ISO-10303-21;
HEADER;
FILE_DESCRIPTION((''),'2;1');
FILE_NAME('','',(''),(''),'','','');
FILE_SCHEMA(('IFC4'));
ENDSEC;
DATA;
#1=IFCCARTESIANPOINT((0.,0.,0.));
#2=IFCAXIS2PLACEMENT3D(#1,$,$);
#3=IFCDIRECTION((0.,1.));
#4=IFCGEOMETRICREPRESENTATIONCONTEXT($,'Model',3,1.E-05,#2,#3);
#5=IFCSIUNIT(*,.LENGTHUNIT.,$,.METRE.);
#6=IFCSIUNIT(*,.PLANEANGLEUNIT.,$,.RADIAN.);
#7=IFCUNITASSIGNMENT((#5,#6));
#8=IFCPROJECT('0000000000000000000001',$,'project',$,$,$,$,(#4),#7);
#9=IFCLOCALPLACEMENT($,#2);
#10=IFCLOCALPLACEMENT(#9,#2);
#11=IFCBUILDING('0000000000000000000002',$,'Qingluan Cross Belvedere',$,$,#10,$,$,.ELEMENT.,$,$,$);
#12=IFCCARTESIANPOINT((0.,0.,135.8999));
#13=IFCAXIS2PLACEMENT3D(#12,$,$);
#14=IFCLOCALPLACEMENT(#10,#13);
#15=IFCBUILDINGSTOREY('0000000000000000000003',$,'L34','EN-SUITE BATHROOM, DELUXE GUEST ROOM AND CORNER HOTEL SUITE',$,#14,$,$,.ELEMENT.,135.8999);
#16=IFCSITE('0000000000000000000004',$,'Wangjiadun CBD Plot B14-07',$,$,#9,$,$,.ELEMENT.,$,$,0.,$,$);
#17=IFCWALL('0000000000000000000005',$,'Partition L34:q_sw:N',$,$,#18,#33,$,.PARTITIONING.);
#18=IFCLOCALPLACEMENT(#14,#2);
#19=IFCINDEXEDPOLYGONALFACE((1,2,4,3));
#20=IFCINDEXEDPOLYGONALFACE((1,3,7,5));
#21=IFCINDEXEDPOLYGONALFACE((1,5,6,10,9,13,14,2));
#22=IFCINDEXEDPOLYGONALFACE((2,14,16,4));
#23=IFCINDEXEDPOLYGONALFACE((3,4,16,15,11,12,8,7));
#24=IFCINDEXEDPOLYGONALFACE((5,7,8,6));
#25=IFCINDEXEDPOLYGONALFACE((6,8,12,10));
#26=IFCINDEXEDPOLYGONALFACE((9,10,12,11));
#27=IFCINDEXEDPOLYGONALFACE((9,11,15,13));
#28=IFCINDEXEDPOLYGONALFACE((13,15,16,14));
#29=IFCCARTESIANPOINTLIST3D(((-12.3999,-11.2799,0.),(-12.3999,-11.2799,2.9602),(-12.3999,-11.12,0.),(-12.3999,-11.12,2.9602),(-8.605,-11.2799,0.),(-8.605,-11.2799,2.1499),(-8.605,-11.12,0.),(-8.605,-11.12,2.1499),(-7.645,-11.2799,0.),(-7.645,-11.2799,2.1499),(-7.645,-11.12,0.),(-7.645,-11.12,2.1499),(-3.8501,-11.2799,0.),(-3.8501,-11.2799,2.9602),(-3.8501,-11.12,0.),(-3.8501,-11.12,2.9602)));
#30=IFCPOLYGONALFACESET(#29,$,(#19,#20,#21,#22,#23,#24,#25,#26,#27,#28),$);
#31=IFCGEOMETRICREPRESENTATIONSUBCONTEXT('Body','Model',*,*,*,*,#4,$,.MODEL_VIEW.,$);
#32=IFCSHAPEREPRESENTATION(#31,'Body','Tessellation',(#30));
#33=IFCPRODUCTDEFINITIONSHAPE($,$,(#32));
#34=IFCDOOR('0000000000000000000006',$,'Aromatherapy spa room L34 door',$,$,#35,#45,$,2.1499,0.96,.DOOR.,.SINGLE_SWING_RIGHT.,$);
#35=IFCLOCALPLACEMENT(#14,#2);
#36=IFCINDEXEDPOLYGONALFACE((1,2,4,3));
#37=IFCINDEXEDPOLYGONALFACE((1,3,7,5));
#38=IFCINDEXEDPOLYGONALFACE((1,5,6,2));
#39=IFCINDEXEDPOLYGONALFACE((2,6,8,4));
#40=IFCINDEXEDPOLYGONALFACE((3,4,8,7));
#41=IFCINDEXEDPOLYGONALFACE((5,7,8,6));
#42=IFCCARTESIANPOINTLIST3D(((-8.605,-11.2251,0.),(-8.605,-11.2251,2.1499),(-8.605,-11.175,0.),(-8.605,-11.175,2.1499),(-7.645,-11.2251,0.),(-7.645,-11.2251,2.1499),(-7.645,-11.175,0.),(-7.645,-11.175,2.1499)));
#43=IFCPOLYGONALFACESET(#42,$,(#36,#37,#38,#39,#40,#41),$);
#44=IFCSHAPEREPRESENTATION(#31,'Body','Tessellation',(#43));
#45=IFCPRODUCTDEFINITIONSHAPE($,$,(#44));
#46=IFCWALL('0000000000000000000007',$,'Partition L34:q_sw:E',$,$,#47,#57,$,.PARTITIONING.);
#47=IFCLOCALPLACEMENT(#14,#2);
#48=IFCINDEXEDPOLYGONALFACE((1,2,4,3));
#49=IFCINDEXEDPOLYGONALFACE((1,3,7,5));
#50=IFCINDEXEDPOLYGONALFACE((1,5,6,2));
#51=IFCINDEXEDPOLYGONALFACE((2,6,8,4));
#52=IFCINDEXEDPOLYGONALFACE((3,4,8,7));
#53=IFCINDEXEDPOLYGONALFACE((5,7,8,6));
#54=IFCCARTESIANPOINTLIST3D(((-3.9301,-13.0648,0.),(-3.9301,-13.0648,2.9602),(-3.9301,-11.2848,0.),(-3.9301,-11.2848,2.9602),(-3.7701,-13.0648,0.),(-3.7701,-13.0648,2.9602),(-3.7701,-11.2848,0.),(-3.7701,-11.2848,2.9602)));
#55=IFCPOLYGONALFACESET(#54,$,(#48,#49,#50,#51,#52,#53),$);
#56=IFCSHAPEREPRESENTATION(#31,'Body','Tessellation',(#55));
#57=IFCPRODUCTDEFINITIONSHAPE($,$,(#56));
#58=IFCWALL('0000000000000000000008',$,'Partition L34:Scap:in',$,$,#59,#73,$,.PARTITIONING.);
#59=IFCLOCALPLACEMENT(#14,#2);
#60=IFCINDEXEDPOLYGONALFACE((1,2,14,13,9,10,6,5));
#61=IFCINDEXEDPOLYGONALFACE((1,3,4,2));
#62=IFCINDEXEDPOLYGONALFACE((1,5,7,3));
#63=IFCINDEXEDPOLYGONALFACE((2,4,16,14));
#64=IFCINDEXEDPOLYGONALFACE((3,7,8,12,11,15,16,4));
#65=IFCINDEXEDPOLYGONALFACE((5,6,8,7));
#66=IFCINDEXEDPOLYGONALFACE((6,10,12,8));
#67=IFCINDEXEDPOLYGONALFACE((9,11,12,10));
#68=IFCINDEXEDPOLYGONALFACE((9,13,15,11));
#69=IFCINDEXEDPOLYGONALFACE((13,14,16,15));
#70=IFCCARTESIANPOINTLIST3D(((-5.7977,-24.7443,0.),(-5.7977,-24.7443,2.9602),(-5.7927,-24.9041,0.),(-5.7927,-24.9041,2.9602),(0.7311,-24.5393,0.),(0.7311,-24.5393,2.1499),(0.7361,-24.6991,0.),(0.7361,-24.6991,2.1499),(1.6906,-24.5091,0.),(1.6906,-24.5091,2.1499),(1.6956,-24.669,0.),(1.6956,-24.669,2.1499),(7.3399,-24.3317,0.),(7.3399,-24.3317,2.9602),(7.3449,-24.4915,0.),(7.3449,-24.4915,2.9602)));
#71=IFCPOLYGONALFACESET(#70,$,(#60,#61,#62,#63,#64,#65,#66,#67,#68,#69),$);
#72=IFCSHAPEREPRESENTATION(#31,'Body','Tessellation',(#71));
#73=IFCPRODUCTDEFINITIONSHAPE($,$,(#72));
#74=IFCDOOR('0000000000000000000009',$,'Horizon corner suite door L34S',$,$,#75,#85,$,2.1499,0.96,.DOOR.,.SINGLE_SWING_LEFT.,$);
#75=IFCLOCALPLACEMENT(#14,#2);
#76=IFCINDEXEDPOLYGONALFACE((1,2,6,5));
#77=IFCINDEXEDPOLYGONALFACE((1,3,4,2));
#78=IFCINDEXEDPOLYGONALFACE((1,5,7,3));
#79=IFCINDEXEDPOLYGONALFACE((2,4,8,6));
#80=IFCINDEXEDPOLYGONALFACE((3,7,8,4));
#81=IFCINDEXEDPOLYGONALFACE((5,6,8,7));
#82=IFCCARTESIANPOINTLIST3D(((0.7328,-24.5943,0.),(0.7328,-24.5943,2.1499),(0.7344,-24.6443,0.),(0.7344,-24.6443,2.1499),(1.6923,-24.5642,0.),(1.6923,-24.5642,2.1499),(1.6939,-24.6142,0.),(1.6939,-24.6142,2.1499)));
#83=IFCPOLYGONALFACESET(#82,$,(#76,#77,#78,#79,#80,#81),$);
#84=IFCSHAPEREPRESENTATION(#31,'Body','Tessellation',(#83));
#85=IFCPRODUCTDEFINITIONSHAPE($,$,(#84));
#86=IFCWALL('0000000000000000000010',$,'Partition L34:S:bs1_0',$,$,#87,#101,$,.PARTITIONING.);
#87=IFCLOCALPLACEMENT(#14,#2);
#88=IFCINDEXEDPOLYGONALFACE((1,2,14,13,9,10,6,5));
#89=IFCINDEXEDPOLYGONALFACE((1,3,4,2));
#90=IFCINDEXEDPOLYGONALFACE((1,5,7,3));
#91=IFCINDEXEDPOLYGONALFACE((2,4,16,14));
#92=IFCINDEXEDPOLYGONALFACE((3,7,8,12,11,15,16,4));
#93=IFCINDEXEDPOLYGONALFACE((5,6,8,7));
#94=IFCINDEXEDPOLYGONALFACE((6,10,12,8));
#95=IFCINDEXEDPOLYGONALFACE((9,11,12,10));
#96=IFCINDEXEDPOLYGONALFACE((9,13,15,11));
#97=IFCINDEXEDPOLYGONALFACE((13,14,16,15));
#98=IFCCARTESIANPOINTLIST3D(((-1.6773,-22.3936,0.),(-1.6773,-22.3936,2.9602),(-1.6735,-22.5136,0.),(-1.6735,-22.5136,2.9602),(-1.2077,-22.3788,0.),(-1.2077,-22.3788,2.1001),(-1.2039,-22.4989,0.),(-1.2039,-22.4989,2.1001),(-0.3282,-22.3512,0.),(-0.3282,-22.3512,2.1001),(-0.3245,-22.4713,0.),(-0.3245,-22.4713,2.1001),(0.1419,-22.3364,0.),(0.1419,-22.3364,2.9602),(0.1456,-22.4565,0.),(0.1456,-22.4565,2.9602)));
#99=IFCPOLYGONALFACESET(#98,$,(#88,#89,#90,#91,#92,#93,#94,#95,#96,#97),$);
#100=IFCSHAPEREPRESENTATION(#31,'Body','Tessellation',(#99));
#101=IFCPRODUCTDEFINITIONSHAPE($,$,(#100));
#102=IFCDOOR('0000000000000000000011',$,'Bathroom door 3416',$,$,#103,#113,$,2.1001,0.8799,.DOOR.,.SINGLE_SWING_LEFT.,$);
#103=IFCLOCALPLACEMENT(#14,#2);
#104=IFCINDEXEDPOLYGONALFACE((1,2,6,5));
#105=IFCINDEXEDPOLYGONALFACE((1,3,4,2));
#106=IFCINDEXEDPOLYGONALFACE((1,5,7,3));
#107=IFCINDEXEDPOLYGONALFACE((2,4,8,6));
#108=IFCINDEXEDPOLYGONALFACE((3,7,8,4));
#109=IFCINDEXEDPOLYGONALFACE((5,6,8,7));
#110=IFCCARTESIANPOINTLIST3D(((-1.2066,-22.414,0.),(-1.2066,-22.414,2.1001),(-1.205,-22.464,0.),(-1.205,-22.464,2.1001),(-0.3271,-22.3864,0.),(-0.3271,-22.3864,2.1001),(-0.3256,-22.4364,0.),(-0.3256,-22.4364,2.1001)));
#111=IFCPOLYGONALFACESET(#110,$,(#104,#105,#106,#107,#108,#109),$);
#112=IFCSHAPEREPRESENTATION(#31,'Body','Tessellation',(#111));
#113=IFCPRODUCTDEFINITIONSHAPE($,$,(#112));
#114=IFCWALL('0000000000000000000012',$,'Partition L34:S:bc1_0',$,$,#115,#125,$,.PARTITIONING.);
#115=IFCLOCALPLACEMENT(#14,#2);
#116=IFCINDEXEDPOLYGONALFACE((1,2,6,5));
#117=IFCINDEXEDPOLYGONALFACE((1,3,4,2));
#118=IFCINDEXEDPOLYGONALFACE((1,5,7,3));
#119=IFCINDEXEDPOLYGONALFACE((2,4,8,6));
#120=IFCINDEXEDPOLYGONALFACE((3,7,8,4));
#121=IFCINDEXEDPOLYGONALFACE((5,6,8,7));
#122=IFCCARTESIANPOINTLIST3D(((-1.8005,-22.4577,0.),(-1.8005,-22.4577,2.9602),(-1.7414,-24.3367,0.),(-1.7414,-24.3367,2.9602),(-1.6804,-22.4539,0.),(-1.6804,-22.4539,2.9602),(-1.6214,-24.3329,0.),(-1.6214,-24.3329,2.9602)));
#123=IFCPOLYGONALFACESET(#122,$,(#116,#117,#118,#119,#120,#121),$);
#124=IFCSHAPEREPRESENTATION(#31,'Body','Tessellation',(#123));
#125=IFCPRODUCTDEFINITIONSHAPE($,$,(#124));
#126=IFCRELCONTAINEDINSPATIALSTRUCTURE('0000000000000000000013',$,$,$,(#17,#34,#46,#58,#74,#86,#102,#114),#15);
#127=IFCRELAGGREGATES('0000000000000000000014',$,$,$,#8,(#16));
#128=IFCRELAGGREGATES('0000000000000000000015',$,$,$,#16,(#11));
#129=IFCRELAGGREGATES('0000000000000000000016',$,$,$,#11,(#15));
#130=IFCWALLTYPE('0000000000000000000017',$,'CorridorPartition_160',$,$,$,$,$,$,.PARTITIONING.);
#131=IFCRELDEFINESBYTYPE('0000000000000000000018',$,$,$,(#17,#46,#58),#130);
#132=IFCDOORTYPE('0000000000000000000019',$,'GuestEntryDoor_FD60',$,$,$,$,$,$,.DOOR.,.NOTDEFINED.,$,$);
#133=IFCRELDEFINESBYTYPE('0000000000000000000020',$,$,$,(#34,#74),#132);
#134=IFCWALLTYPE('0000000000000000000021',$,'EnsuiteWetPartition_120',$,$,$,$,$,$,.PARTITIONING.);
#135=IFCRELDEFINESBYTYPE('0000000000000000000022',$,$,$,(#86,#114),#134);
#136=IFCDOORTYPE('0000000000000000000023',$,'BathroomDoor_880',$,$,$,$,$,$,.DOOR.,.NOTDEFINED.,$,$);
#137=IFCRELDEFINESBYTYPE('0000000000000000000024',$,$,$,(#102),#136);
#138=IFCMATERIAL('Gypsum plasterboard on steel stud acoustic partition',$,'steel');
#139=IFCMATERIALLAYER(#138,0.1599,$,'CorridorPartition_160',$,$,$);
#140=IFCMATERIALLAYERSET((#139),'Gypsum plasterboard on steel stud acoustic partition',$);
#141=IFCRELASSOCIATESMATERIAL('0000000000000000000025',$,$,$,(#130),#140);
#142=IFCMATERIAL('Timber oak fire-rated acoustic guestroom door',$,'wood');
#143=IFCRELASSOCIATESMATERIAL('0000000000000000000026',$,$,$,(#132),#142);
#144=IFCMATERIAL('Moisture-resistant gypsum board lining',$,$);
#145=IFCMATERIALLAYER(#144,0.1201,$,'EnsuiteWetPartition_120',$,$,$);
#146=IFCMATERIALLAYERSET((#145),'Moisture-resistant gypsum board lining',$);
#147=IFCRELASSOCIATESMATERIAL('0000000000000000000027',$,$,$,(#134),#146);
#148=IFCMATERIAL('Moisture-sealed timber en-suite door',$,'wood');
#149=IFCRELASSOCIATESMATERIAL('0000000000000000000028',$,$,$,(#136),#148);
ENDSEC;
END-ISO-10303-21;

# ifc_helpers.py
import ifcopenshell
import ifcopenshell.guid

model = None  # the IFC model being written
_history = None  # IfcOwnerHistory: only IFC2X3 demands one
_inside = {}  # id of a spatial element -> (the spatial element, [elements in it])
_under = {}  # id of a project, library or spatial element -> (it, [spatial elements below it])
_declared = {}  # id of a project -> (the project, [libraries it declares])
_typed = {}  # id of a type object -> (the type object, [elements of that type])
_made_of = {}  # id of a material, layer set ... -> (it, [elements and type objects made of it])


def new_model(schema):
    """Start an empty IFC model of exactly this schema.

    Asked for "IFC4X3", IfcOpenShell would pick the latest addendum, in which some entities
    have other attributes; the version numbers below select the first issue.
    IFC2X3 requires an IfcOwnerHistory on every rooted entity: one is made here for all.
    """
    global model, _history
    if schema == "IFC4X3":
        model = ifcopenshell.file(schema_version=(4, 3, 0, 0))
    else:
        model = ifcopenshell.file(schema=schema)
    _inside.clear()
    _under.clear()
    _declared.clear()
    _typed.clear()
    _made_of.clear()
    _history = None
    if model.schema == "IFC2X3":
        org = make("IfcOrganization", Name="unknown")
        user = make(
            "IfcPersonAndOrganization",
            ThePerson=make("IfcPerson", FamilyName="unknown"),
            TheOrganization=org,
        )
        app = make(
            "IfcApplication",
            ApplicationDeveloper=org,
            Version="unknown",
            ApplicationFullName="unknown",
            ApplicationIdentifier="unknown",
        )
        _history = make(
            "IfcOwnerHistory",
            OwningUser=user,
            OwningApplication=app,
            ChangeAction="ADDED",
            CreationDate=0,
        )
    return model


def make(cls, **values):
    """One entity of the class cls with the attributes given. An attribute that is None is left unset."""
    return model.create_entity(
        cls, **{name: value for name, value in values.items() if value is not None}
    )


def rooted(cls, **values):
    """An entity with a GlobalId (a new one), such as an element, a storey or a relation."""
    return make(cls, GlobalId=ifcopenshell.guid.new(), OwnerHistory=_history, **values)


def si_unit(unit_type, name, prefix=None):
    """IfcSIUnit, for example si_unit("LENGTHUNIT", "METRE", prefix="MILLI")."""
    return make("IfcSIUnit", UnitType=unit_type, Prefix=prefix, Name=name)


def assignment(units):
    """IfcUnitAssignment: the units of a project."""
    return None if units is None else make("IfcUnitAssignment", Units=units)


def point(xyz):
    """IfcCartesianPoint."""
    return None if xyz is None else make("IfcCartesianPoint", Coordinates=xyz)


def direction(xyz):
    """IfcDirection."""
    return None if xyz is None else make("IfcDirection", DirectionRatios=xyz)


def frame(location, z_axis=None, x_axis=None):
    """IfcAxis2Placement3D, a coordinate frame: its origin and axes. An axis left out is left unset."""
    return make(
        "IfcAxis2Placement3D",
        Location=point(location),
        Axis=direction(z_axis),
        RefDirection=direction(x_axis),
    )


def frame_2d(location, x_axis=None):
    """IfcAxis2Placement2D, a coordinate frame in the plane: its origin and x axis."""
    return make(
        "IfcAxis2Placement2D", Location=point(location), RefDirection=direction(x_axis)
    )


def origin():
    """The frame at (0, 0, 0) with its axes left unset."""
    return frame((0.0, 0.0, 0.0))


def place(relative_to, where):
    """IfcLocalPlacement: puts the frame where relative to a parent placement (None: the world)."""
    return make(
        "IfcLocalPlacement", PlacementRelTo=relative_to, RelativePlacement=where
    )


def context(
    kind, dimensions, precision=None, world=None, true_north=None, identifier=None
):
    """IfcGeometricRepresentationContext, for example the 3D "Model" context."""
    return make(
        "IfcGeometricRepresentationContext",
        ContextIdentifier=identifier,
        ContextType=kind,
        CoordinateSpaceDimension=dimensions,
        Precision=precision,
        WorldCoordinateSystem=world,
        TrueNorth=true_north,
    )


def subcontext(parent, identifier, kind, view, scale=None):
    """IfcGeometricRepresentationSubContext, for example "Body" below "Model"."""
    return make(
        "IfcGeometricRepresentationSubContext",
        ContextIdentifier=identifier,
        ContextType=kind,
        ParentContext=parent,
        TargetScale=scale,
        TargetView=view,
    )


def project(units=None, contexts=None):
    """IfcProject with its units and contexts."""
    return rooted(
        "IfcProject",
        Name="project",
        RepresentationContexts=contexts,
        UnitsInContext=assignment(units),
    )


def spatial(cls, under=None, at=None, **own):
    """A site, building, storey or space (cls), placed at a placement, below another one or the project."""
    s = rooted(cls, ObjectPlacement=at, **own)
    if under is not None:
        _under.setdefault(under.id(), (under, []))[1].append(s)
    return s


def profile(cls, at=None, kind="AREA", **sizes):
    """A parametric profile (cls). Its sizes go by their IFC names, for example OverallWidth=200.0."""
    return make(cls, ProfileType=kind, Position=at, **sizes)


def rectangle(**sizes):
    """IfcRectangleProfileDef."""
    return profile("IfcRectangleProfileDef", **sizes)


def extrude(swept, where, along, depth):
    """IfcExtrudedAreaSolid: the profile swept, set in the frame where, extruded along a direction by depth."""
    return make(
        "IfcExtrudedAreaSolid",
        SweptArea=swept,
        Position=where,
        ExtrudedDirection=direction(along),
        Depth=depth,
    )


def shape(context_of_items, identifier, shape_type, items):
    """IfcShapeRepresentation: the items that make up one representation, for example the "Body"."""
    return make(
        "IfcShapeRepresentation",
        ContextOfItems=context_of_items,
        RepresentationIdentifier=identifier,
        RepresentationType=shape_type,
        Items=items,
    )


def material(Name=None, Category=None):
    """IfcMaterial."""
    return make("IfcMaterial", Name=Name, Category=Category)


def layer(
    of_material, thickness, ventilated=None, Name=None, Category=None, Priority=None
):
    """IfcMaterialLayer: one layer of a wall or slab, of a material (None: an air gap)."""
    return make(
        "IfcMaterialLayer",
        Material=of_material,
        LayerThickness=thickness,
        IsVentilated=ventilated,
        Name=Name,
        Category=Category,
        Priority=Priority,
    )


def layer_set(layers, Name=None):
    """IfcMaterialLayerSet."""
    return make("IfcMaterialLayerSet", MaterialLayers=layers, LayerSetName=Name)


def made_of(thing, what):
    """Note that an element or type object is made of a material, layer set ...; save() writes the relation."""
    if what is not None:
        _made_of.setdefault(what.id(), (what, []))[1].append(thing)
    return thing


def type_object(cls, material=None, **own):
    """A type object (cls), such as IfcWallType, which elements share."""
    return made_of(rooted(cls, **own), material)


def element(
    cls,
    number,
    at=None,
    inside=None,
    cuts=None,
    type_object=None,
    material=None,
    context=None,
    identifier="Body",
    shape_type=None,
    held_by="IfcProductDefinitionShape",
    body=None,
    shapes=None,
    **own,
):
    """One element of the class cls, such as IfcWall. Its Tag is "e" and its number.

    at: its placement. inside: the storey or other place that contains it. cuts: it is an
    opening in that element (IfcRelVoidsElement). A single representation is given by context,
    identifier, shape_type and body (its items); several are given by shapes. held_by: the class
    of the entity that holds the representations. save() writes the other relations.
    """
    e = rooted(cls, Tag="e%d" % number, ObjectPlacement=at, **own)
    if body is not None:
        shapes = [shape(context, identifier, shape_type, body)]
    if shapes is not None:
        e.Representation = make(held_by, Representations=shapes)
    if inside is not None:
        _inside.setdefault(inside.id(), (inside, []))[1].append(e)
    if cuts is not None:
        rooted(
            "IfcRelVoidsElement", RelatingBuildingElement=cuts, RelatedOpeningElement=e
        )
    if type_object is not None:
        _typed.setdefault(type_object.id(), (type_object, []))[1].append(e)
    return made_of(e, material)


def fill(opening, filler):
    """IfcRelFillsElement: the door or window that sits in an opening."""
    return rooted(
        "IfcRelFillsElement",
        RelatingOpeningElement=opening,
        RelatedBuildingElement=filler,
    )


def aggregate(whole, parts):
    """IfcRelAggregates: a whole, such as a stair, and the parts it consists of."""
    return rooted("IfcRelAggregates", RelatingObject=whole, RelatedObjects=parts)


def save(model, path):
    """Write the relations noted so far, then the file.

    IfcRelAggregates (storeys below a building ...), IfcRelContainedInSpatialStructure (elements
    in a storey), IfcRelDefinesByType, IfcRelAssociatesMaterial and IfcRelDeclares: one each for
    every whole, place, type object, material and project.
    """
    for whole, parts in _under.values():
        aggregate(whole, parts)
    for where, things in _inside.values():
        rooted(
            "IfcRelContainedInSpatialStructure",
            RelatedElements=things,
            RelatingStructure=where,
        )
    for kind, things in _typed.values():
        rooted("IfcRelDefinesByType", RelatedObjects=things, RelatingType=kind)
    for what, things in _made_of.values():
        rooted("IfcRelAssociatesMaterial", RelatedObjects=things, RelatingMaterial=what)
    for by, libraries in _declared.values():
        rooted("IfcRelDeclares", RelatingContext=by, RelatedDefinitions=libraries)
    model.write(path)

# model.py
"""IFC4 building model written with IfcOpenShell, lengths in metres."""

from ifc_helpers import new_model, si_unit, direction, frame, frame_2d, origin, place, context, subcontext, project, spatial, rectangle, extrude, material, layer, layer_set, type_object, element, fill, save


model = new_model("IFC4")

# Units and contexts
model_context = context("Model", 3, precision=1e-05, world=origin(), true_north=direction((0.0, 1.0)))
body_context = subcontext(model_context, "Body", "Model", "MODEL_VIEW")
ifc_project = project(units=[si_unit("LENGTHUNIT", "METRE"), si_unit("PLANEANGLEUNIT", "RADIAN")], contexts=[model_context])

# Site, building, storey
site_placement = place(None, origin())
site = spatial("IfcSite", under=ifc_project, at=site_placement, Name="Wangjiadun CBD Plot B14-07", CompositionType="ELEMENT", RefElevation=0.0)
building_placement = place(site_placement, origin())
building = spatial("IfcBuilding", under=site, at=building_placement, Name="Qingluan Cross Belvedere", CompositionType="ELEMENT")
storey_placement = place(building_placement, frame((0.0, 0.0, 135.8999)))
storey = spatial("IfcBuildingStorey", under=building, at=storey_placement, Name="L34", Description="EN-SUITE BATHROOM, DELUXE GUEST ROOM AND CORNER HOTEL SUITE", CompositionType="ELEMENT", Elevation=135.8999)

# Wall, opening, door
ifc_material_1 = material(Name="Gypsum plasterboard on steel stud acoustic partition", Category="steel")
ifc_layer_1 = layer(ifc_material_1, 0.1599, Name="CorridorPartition_160")
ifc_layer_set_1 = layer_set([ifc_layer_1], Name="Gypsum plasterboard on steel stud acoustic partition")
wall_type_1 = type_object("IfcWallType", Name="CorridorPartition_160", PredefinedType="PARTITIONING", material=ifc_layer_set_1)
wall_1_placement = place(storey_placement, frame((-12.3999, -11.2, 0.0), z_axis=(0.0, 0.0, 1.0), x_axis=(1.0, 0.0, 0.0)))
wall_1 = element("IfcWall", 1, at=wall_1_placement, inside=storey, type_object=wall_type_1, Name="Partition L34:q_sw:N", PredefinedType="PARTITIONING", context=body_context, shape_type="SweptSolid", body=[
    extrude(rectangle(XDim=8.5498, YDim=0.1599, at=frame_2d((4.2749, 0.0))), origin(), (0.0, 0.0, 1.0), 2.9602),
])
opening_1_placement = place(wall_1_placement, frame((3.7949, 0.0, 0.0)))
opening_1 = element("IfcOpeningElement", 2, at=opening_1_placement, cuts=wall_1, PredefinedType="OPENING", context=body_context, shape_type="SweptSolid", body=[
    extrude(rectangle(XDim=0.96, YDim=2.1499, at=frame_2d((0.48, 1.075))), frame((0.0, 0.0898, 0.0), z_axis=(0.0, -1.0, 0.0), x_axis=(1.0, 0.0, 0.0)), (0.0, 0.0, 1.0), 0.1799),
])
ifc_material_2 = material(Name="Timber oak fire-rated acoustic guestroom door", Category="wood")
door_type_1 = type_object("IfcDoorType", Name="GuestEntryDoor_FD60", OperationType="NOTDEFINED", PredefinedType="DOOR", material=ifc_material_2)
door_1_placement = place(opening_1_placement, origin())
door_1 = element("IfcDoor", 3, at=door_1_placement, inside=storey, type_object=door_type_1, Name="Aromatherapy spa room L34 door", OperationType="SINGLE_SWING_RIGHT", OverallHeight=2.1499, OverallWidth=0.96, PredefinedType="DOOR", context=body_context, shape_type="SweptSolid", body=[
    extrude(rectangle(XDim=0.96, YDim=2.1499, at=frame_2d((0.48, 1.075))), frame((0.0, 0.0249, 0.0), z_axis=(0.0, -1.0, 0.0), x_axis=(1.0, 0.0, 0.0)), (0.0, 0.0, 1.0), 0.05),
])
fill(opening_1, door_1)

# Wall
wall_2_placement = place(storey_placement, frame((-3.8501, -13.0649, 0.0), z_axis=(0.0, 0.0, 1.0), x_axis=(0.0, 1.0, 0.0)))
element("IfcWall", 4, at=wall_2_placement, inside=storey, type_object=wall_type_1, Name="Partition L34:q_sw:E", PredefinedType="PARTITIONING", context=body_context, shape_type="SweptSolid", body=[
    extrude(rectangle(XDim=1.78, YDim=0.1599, at=frame_2d((0.8901, 0.0))), origin(), (0.0, 0.0, 1.0), 2.9602),
])

# Walls, openings, doors
wall_3_placement = place(storey_placement, frame((-5.7952, -24.8242, 0.0), z_axis=(0.0, 0.0, 1.0), x_axis=(0.999507, 0.031391, 0.0)))
wall_3 = element("IfcWall", 5, at=wall_3_placement, inside=storey, type_object=wall_type_1, Name="Partition L34:Scap:in", PredefinedType="PARTITIONING", context=body_context, shape_type="SweptSolid", body=[
    extrude(rectangle(XDim=13.144, YDim=0.1599, at=frame_2d((6.572, 0.0))), origin(), (0.0, 0.0, 1.0), 2.9602),
])
opening_2_placement = place(wall_3_placement, frame((6.532, 0.0, 0.0)))
opening_2 = element("IfcOpeningElement", 6, at=opening_2_placement, cuts=wall_3, PredefinedType="OPENING", context=body_context, shape_type="SweptSolid", body=[
    extrude(rectangle(XDim=0.96, YDim=2.1499, at=frame_2d((0.48, 1.075))), frame((0.0, 0.0898, 0.0), z_axis=(0.0, -1.0, 0.0), x_axis=(1.0, 0.0, 0.0)), (0.0, 0.0, 1.0), 0.1799),
])
door_2_placement = place(opening_2_placement, origin())
door_2 = element("IfcDoor", 7, at=door_2_placement, inside=storey, type_object=door_type_1, Name="Horizon corner suite door L34S", OperationType="SINGLE_SWING_LEFT", OverallHeight=2.1499, OverallWidth=0.96, PredefinedType="DOOR", context=body_context, shape_type="SweptSolid", body=[
    extrude(rectangle(XDim=0.96, YDim=2.1499, at=frame_2d((0.48, 1.075))), frame((0.0, 0.0249, 0.0), z_axis=(0.0, -1.0, 0.0), x_axis=(1.0, 0.0, 0.0)), (0.0, 0.0, 1.0), 0.05),
])
fill(opening_2, door_2)
ifc_material_3 = material(Name="Moisture-resistant gypsum board lining")
ifc_layer_2 = layer(ifc_material_3, 0.1201, Name="EnsuiteWetPartition_120")
ifc_layer_set_2 = layer_set([ifc_layer_2], Name="Moisture-resistant gypsum board lining")
wall_type_2 = type_object("IfcWallType", Name="EnsuiteWetPartition_120", PredefinedType="PARTITIONING", material=ifc_layer_set_2)
wall_4_placement = place(storey_placement, frame((-1.6755, -22.4536, 0.0), z_axis=(0.0, 0.0, 1.0), x_axis=(0.999507, 0.03139, 0.0)))
wall_4 = element("IfcWall", 8, at=wall_4_placement, inside=storey, type_object=wall_type_2, Name="Partition L34:S:bs1_0", PredefinedType="PARTITIONING", context=body_context, shape_type="SweptSolid", body=[
    extrude(rectangle(XDim=1.8201, YDim=0.1201, at=frame_2d((0.9102, 0.0))), origin(), (0.0, 0.0, 1.0), 2.9602),
])
opening_3_placement = place(wall_4_placement, frame((0.47, 0.0, 0.0)))
opening_3 = element("IfcOpeningElement", 9, at=opening_3_placement, cuts=wall_4, PredefinedType="OPENING", context=body_context, shape_type="SweptSolid", body=[
    extrude(rectangle(XDim=0.8799, YDim=2.1001, at=frame_2d((0.4399, 1.05))), frame((0.0, 0.0701, 0.0), z_axis=(0.0, -1.0, 0.0), x_axis=(1.0, 0.0, 0.0)), (0.0, 0.0, 1.0), 0.1401),
])
ifc_material_4 = material(Name="Moisture-sealed timber en-suite door", Category="wood")
door_type_2 = type_object("IfcDoorType", Name="BathroomDoor_880", OperationType="NOTDEFINED", PredefinedType="DOOR", material=ifc_material_4)
door_3_placement = place(opening_3_placement, origin())
door_3 = element("IfcDoor", 10, at=door_3_placement, inside=storey, type_object=door_type_2, Name="Bathroom door 3416", OperationType="SINGLE_SWING_LEFT", OverallHeight=2.1001, OverallWidth=0.8799, PredefinedType="DOOR", context=body_context, shape_type="SweptSolid", body=[
    extrude(rectangle(XDim=0.8799, YDim=2.1001, at=frame_2d((0.4399, 1.05))), frame((0.0, 0.0249, 0.0), z_axis=(0.0, -1.0, 0.0), x_axis=(1.0, 0.0, 0.0)), (0.0, 0.0, 1.0), 0.05),
])
fill(opening_3, door_3)

# Wall
wall_5_placement = place(storey_placement, frame((-1.7405, -22.4558, 0.0), z_axis=(0.0, 0.0, 1.0), x_axis=(0.031429, -0.999506, 0.0)))
element("IfcWall", 11, at=wall_5_placement, inside=storey, type_object=wall_type_2, Name="Partition L34:S:bc1_0", PredefinedType="PARTITIONING", context=body_context, shape_type="SweptSolid", body=[
    extrude(rectangle(XDim=1.8799, YDim=0.1201, at=frame_2d((0.9399, 0.0))), origin(), (0.0, 0.0, 1.0), 2.9602),
])

save(model, "model.ifc")
